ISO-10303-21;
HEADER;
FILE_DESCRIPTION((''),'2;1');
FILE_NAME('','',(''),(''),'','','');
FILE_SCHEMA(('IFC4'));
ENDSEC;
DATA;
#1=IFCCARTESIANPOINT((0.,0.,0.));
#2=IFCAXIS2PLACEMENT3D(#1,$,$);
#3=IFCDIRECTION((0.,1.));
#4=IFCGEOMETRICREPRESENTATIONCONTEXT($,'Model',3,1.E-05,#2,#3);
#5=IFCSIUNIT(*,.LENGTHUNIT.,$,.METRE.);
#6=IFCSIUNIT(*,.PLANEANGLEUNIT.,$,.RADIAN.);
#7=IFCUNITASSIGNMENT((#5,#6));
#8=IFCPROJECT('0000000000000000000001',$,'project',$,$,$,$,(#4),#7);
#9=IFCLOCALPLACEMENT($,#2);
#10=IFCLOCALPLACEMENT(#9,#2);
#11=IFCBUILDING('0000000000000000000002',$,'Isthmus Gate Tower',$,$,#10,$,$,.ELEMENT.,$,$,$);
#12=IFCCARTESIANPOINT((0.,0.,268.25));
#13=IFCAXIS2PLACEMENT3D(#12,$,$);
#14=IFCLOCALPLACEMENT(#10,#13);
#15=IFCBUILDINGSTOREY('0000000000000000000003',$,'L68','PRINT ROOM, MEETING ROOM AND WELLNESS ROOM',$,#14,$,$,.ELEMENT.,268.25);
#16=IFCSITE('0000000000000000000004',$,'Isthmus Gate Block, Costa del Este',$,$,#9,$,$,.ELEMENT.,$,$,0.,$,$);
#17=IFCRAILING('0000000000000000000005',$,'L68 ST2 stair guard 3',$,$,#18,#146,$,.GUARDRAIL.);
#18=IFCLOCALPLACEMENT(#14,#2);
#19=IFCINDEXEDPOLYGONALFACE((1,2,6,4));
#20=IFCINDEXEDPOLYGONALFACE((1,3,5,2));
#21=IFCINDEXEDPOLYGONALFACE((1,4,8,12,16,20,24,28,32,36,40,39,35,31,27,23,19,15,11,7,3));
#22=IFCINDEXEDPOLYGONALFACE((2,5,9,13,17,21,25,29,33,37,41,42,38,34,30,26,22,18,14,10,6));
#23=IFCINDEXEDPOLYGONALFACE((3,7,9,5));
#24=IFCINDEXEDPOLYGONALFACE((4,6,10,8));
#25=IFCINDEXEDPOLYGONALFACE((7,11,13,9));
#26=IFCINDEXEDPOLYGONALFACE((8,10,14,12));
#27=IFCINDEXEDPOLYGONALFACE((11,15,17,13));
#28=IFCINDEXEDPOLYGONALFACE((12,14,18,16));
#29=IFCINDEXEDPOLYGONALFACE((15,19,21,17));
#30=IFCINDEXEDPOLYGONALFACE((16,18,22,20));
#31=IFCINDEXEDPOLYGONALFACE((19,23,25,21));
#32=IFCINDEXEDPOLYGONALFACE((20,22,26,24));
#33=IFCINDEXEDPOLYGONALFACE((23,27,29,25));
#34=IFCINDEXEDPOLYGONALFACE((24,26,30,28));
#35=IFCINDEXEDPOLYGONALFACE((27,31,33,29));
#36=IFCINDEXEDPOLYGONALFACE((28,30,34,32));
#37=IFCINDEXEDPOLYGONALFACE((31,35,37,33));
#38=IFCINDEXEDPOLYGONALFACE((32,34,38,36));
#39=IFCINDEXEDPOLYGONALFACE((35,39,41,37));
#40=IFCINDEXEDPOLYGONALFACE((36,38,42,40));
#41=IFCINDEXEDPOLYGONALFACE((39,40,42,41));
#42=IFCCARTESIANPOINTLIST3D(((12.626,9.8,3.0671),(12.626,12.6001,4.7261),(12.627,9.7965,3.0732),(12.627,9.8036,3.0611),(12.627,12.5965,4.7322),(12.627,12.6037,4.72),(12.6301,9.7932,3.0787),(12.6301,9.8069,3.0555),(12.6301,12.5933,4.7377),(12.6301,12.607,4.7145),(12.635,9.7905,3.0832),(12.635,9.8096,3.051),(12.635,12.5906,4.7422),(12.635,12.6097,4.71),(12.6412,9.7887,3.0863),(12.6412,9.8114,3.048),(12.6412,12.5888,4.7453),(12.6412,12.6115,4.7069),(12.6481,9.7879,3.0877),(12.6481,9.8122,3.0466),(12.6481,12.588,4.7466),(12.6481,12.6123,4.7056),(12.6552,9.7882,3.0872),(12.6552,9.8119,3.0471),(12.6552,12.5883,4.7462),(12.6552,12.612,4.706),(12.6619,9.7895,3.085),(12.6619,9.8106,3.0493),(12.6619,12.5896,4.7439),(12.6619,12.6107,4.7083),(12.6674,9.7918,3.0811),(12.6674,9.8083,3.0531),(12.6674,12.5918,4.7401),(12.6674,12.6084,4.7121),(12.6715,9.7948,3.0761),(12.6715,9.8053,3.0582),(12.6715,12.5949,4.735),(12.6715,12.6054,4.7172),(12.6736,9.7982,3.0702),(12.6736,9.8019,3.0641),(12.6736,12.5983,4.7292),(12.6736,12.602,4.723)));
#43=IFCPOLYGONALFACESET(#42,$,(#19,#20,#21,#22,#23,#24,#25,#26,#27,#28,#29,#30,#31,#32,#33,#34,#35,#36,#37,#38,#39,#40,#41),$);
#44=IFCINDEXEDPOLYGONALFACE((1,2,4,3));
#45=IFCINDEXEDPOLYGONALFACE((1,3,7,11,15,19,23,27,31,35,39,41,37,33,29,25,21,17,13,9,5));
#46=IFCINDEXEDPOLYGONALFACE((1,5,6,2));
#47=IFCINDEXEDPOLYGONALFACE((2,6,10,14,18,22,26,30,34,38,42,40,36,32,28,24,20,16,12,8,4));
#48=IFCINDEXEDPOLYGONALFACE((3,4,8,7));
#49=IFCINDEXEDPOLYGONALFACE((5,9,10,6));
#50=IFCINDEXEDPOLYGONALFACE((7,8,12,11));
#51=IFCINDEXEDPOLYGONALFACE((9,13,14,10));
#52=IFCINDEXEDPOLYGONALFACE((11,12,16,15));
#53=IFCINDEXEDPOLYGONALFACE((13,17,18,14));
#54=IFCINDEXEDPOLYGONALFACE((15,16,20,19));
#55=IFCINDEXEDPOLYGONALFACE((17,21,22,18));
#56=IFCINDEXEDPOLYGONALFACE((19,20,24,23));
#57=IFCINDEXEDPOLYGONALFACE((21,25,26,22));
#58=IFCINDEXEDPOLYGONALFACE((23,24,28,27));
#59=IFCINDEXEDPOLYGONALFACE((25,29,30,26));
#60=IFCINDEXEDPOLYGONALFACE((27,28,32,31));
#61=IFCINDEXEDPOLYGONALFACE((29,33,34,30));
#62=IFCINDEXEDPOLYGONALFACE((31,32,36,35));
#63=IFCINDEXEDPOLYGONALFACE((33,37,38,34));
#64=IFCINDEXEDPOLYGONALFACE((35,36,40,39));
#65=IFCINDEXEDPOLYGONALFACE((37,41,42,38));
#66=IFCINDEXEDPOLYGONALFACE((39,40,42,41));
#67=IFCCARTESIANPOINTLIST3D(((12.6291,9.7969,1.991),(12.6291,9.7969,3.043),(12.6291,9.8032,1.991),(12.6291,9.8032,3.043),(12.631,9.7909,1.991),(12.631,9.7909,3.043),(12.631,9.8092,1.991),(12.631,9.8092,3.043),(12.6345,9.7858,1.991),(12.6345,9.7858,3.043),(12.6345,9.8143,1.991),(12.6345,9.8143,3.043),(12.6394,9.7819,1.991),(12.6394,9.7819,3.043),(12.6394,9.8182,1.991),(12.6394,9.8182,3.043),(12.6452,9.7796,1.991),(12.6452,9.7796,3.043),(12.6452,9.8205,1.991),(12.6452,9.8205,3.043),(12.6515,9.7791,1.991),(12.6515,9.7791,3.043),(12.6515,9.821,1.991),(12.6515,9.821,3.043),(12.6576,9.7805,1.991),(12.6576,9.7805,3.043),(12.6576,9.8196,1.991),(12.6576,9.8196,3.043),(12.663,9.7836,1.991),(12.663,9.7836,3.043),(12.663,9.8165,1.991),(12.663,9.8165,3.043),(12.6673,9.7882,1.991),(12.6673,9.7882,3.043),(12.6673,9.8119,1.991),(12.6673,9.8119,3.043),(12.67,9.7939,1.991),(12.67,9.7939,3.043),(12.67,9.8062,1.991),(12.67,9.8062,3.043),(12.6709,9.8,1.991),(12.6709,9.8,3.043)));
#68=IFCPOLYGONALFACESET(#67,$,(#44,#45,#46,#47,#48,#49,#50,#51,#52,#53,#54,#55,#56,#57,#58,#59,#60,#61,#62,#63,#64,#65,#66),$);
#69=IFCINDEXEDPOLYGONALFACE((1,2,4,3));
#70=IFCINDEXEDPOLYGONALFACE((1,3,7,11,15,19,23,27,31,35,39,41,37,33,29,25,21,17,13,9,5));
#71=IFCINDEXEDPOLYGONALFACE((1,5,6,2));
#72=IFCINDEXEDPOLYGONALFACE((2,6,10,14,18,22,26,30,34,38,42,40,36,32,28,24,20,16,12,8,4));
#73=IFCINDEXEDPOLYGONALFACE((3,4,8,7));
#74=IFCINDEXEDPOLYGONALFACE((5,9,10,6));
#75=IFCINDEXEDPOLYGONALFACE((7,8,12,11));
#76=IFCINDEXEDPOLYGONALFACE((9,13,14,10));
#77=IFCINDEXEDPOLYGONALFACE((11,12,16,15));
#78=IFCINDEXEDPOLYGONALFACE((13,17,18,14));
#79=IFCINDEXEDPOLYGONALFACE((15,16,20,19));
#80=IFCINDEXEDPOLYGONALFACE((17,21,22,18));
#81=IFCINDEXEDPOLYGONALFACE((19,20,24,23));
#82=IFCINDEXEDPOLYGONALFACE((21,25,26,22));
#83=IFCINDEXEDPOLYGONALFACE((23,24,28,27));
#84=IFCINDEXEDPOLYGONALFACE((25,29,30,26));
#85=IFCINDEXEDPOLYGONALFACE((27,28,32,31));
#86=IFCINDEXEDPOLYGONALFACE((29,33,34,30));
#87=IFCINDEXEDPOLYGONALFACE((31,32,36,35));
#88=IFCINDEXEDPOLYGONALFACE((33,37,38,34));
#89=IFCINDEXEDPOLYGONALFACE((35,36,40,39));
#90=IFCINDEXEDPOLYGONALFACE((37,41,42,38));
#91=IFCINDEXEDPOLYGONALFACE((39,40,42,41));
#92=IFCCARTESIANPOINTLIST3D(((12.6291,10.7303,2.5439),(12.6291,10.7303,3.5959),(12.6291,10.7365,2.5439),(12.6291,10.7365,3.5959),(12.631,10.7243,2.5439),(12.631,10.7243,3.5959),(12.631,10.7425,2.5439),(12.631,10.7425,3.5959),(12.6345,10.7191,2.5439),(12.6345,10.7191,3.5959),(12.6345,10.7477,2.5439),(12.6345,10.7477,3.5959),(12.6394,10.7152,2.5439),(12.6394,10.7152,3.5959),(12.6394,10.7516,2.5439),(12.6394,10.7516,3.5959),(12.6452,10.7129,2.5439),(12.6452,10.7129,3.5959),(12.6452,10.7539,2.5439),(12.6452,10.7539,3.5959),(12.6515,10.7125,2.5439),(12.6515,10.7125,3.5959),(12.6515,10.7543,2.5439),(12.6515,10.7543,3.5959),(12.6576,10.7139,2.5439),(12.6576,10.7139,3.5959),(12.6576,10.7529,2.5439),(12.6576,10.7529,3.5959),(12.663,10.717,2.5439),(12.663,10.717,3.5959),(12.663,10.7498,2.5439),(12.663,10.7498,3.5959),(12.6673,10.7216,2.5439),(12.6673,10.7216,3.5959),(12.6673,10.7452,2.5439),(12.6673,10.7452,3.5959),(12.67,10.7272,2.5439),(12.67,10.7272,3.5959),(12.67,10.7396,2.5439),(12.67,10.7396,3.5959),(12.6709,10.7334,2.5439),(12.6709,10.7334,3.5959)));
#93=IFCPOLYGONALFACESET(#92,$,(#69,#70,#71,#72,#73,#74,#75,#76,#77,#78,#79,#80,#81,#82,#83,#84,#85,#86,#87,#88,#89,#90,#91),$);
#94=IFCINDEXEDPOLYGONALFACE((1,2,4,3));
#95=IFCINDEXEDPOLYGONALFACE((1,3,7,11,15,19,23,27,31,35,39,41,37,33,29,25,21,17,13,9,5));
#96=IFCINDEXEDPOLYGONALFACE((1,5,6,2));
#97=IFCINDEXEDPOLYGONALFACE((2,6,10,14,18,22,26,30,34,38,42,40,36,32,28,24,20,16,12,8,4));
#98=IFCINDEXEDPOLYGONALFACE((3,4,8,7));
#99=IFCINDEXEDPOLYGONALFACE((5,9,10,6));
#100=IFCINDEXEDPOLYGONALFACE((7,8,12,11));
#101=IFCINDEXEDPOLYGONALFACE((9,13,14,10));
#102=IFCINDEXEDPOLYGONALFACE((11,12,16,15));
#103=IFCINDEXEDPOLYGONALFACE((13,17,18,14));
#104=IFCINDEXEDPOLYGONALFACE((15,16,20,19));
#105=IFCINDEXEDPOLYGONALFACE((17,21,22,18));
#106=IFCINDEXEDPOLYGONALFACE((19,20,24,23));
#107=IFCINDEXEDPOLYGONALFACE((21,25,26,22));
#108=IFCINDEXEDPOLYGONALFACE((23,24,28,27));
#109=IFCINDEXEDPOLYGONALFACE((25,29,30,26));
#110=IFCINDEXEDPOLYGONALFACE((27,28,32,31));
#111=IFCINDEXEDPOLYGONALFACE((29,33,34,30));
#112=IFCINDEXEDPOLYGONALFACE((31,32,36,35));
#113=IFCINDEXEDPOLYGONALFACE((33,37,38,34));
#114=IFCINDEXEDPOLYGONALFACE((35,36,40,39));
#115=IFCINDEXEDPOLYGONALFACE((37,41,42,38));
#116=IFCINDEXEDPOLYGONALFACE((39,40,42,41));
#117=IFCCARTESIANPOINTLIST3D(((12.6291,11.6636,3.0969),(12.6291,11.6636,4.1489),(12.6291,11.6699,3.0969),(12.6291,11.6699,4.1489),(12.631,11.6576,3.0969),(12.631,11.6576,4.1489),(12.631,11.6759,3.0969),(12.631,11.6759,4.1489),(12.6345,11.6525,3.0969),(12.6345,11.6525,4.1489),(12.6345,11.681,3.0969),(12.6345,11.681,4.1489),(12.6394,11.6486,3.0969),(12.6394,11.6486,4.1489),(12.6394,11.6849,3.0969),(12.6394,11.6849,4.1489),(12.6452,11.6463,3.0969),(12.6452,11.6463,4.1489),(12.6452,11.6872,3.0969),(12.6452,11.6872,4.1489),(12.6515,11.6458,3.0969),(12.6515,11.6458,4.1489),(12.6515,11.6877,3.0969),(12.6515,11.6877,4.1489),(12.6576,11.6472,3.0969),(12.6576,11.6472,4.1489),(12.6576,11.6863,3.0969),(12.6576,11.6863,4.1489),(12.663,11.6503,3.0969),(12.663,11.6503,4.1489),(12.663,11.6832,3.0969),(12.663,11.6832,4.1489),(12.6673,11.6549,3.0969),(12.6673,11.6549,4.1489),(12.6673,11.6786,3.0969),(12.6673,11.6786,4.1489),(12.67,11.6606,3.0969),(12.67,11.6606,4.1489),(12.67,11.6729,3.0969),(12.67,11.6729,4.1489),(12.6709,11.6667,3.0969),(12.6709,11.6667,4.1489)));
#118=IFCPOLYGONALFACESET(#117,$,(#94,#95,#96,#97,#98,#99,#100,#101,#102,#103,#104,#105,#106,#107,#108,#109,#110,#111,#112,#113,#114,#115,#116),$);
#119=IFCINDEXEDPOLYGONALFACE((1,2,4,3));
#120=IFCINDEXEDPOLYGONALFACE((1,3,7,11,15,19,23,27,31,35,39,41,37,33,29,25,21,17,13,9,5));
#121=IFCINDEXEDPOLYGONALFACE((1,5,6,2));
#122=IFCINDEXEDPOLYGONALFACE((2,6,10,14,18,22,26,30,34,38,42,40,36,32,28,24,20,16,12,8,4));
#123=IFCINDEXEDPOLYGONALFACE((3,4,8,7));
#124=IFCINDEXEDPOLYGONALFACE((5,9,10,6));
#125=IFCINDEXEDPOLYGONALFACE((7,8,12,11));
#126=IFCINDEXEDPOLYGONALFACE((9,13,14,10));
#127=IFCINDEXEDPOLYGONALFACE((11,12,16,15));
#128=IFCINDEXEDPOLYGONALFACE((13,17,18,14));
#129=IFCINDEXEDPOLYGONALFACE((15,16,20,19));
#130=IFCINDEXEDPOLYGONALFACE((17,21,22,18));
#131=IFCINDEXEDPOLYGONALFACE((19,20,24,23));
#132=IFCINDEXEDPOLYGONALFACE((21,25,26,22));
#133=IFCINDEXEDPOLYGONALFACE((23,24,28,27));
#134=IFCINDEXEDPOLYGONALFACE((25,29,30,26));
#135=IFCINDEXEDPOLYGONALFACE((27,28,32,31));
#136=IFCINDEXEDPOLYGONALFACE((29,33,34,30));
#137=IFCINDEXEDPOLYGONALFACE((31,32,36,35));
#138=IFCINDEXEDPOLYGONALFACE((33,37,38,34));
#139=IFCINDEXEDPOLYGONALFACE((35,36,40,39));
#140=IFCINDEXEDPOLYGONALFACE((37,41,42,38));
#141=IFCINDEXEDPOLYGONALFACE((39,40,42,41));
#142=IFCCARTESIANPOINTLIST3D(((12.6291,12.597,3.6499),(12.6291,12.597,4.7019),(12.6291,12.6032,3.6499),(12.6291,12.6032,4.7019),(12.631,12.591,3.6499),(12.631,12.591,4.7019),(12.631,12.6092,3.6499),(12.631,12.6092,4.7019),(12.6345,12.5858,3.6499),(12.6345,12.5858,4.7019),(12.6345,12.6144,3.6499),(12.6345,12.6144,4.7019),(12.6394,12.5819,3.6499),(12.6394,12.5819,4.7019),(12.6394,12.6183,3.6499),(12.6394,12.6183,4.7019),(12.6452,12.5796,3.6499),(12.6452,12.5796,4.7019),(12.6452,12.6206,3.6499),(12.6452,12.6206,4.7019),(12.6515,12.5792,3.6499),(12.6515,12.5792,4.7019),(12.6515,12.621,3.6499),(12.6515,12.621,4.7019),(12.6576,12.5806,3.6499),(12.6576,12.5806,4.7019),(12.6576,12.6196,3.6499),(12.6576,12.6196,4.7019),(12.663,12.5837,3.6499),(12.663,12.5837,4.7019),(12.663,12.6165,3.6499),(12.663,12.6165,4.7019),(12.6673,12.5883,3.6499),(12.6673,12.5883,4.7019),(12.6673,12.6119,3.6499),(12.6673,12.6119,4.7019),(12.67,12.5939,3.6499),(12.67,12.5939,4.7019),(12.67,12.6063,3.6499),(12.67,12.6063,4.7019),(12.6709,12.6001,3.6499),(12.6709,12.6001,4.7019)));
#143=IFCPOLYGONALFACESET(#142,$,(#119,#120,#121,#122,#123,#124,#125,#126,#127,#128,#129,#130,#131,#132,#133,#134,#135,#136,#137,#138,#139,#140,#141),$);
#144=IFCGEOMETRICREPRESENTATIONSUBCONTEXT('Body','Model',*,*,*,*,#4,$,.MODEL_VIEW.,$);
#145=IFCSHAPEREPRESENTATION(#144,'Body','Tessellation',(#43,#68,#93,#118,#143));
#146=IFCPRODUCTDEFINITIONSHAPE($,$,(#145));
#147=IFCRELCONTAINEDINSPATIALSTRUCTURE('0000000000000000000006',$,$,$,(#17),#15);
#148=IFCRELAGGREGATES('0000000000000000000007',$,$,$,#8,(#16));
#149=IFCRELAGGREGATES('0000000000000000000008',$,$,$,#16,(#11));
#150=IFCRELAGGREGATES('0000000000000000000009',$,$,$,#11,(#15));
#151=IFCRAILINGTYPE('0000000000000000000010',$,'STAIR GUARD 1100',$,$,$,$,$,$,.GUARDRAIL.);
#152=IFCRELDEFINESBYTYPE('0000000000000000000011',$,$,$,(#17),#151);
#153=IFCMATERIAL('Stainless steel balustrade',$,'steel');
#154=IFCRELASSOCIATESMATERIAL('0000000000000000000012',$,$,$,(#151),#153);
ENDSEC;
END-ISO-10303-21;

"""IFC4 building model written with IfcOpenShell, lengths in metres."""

from ifc_helpers import new_model, si_unit, direction, frame, origin, origin_2d, place, context, subcontext, project, spatial, circle, extrude, material, type_object, element, save


model = new_model("IFC4")

# Units and contexts
model_context = context("Model", 3, precision=1e-05, world=origin(), true_north=direction((0.0, 1.0)))
body_context = subcontext(model_context, "Body", "Model", "MODEL_VIEW")
ifc_project = project(units=[si_unit("LENGTHUNIT", "METRE"), si_unit("PLANEANGLEUNIT", "RADIAN")], contexts=[model_context])

# Site, building, storey
site_placement = place(None, origin())
site = spatial("IfcSite", under=ifc_project, at=site_placement, Name="Isthmus Gate Block, Costa del Este", CompositionType="ELEMENT", RefElevation=0.0)
building_placement = place(site_placement, origin())
building = spatial("IfcBuilding", under=site, at=building_placement, Name="Isthmus Gate Tower", CompositionType="ELEMENT")
storey_placement = place(building_placement, frame((0.0, 0.0, 268.25)))
storey = spatial("IfcBuildingStorey", under=building, at=storey_placement, Name="L68", Description="PRINT ROOM, MEETING ROOM AND WELLNESS ROOM", CompositionType="ELEMENT", Elevation=268.25)

# Railing
ifc_material_1 = material(Name="Stainless steel balustrade", Category="steel")
railing_type_1 = type_object("IfcRailingType", Name="STAIR GUARD 1100", PredefinedType="GUARDRAIL", material=ifc_material_1)
railing_1_placement = place(storey_placement, frame((12.6499, 9.8, 1.991)))
element("IfcRailing", 1, at=railing_1_placement, inside=storey, type_object=railing_type_1, Name="L68 ST2 stair guard 3", PredefinedType="GUARDRAIL", context=body_context, shape_type="SweptSolid", body=[
    extrude(circle(Radius=0.0239, at=origin_2d()), frame((0.0, 0.0, 1.0762), z_axis=(0.0, 0.860339, 0.509722), x_axis=(-1.0, 0.0, 0.0)), (0.0, 0.0, 1.0), 3.2546),
    extrude(circle(Radius=0.021, at=origin_2d()), origin(), (0.0, 0.0, 1.0), 1.052),
    extrude(circle(Radius=0.021, at=origin_2d()), frame((0.0, 0.9333, 0.553)), (0.0, 0.0, 1.0), 1.052),
    extrude(circle(Radius=0.021, at=origin_2d()), frame((0.0, 1.8667, 1.106)), (0.0, 0.0, 1.0), 1.052),
    extrude(circle(Radius=0.021, at=origin_2d()), frame((0.0, 2.8, 1.6589)), (0.0, 0.0, 1.0), 1.052),
])

save(model, "model.ifc")
